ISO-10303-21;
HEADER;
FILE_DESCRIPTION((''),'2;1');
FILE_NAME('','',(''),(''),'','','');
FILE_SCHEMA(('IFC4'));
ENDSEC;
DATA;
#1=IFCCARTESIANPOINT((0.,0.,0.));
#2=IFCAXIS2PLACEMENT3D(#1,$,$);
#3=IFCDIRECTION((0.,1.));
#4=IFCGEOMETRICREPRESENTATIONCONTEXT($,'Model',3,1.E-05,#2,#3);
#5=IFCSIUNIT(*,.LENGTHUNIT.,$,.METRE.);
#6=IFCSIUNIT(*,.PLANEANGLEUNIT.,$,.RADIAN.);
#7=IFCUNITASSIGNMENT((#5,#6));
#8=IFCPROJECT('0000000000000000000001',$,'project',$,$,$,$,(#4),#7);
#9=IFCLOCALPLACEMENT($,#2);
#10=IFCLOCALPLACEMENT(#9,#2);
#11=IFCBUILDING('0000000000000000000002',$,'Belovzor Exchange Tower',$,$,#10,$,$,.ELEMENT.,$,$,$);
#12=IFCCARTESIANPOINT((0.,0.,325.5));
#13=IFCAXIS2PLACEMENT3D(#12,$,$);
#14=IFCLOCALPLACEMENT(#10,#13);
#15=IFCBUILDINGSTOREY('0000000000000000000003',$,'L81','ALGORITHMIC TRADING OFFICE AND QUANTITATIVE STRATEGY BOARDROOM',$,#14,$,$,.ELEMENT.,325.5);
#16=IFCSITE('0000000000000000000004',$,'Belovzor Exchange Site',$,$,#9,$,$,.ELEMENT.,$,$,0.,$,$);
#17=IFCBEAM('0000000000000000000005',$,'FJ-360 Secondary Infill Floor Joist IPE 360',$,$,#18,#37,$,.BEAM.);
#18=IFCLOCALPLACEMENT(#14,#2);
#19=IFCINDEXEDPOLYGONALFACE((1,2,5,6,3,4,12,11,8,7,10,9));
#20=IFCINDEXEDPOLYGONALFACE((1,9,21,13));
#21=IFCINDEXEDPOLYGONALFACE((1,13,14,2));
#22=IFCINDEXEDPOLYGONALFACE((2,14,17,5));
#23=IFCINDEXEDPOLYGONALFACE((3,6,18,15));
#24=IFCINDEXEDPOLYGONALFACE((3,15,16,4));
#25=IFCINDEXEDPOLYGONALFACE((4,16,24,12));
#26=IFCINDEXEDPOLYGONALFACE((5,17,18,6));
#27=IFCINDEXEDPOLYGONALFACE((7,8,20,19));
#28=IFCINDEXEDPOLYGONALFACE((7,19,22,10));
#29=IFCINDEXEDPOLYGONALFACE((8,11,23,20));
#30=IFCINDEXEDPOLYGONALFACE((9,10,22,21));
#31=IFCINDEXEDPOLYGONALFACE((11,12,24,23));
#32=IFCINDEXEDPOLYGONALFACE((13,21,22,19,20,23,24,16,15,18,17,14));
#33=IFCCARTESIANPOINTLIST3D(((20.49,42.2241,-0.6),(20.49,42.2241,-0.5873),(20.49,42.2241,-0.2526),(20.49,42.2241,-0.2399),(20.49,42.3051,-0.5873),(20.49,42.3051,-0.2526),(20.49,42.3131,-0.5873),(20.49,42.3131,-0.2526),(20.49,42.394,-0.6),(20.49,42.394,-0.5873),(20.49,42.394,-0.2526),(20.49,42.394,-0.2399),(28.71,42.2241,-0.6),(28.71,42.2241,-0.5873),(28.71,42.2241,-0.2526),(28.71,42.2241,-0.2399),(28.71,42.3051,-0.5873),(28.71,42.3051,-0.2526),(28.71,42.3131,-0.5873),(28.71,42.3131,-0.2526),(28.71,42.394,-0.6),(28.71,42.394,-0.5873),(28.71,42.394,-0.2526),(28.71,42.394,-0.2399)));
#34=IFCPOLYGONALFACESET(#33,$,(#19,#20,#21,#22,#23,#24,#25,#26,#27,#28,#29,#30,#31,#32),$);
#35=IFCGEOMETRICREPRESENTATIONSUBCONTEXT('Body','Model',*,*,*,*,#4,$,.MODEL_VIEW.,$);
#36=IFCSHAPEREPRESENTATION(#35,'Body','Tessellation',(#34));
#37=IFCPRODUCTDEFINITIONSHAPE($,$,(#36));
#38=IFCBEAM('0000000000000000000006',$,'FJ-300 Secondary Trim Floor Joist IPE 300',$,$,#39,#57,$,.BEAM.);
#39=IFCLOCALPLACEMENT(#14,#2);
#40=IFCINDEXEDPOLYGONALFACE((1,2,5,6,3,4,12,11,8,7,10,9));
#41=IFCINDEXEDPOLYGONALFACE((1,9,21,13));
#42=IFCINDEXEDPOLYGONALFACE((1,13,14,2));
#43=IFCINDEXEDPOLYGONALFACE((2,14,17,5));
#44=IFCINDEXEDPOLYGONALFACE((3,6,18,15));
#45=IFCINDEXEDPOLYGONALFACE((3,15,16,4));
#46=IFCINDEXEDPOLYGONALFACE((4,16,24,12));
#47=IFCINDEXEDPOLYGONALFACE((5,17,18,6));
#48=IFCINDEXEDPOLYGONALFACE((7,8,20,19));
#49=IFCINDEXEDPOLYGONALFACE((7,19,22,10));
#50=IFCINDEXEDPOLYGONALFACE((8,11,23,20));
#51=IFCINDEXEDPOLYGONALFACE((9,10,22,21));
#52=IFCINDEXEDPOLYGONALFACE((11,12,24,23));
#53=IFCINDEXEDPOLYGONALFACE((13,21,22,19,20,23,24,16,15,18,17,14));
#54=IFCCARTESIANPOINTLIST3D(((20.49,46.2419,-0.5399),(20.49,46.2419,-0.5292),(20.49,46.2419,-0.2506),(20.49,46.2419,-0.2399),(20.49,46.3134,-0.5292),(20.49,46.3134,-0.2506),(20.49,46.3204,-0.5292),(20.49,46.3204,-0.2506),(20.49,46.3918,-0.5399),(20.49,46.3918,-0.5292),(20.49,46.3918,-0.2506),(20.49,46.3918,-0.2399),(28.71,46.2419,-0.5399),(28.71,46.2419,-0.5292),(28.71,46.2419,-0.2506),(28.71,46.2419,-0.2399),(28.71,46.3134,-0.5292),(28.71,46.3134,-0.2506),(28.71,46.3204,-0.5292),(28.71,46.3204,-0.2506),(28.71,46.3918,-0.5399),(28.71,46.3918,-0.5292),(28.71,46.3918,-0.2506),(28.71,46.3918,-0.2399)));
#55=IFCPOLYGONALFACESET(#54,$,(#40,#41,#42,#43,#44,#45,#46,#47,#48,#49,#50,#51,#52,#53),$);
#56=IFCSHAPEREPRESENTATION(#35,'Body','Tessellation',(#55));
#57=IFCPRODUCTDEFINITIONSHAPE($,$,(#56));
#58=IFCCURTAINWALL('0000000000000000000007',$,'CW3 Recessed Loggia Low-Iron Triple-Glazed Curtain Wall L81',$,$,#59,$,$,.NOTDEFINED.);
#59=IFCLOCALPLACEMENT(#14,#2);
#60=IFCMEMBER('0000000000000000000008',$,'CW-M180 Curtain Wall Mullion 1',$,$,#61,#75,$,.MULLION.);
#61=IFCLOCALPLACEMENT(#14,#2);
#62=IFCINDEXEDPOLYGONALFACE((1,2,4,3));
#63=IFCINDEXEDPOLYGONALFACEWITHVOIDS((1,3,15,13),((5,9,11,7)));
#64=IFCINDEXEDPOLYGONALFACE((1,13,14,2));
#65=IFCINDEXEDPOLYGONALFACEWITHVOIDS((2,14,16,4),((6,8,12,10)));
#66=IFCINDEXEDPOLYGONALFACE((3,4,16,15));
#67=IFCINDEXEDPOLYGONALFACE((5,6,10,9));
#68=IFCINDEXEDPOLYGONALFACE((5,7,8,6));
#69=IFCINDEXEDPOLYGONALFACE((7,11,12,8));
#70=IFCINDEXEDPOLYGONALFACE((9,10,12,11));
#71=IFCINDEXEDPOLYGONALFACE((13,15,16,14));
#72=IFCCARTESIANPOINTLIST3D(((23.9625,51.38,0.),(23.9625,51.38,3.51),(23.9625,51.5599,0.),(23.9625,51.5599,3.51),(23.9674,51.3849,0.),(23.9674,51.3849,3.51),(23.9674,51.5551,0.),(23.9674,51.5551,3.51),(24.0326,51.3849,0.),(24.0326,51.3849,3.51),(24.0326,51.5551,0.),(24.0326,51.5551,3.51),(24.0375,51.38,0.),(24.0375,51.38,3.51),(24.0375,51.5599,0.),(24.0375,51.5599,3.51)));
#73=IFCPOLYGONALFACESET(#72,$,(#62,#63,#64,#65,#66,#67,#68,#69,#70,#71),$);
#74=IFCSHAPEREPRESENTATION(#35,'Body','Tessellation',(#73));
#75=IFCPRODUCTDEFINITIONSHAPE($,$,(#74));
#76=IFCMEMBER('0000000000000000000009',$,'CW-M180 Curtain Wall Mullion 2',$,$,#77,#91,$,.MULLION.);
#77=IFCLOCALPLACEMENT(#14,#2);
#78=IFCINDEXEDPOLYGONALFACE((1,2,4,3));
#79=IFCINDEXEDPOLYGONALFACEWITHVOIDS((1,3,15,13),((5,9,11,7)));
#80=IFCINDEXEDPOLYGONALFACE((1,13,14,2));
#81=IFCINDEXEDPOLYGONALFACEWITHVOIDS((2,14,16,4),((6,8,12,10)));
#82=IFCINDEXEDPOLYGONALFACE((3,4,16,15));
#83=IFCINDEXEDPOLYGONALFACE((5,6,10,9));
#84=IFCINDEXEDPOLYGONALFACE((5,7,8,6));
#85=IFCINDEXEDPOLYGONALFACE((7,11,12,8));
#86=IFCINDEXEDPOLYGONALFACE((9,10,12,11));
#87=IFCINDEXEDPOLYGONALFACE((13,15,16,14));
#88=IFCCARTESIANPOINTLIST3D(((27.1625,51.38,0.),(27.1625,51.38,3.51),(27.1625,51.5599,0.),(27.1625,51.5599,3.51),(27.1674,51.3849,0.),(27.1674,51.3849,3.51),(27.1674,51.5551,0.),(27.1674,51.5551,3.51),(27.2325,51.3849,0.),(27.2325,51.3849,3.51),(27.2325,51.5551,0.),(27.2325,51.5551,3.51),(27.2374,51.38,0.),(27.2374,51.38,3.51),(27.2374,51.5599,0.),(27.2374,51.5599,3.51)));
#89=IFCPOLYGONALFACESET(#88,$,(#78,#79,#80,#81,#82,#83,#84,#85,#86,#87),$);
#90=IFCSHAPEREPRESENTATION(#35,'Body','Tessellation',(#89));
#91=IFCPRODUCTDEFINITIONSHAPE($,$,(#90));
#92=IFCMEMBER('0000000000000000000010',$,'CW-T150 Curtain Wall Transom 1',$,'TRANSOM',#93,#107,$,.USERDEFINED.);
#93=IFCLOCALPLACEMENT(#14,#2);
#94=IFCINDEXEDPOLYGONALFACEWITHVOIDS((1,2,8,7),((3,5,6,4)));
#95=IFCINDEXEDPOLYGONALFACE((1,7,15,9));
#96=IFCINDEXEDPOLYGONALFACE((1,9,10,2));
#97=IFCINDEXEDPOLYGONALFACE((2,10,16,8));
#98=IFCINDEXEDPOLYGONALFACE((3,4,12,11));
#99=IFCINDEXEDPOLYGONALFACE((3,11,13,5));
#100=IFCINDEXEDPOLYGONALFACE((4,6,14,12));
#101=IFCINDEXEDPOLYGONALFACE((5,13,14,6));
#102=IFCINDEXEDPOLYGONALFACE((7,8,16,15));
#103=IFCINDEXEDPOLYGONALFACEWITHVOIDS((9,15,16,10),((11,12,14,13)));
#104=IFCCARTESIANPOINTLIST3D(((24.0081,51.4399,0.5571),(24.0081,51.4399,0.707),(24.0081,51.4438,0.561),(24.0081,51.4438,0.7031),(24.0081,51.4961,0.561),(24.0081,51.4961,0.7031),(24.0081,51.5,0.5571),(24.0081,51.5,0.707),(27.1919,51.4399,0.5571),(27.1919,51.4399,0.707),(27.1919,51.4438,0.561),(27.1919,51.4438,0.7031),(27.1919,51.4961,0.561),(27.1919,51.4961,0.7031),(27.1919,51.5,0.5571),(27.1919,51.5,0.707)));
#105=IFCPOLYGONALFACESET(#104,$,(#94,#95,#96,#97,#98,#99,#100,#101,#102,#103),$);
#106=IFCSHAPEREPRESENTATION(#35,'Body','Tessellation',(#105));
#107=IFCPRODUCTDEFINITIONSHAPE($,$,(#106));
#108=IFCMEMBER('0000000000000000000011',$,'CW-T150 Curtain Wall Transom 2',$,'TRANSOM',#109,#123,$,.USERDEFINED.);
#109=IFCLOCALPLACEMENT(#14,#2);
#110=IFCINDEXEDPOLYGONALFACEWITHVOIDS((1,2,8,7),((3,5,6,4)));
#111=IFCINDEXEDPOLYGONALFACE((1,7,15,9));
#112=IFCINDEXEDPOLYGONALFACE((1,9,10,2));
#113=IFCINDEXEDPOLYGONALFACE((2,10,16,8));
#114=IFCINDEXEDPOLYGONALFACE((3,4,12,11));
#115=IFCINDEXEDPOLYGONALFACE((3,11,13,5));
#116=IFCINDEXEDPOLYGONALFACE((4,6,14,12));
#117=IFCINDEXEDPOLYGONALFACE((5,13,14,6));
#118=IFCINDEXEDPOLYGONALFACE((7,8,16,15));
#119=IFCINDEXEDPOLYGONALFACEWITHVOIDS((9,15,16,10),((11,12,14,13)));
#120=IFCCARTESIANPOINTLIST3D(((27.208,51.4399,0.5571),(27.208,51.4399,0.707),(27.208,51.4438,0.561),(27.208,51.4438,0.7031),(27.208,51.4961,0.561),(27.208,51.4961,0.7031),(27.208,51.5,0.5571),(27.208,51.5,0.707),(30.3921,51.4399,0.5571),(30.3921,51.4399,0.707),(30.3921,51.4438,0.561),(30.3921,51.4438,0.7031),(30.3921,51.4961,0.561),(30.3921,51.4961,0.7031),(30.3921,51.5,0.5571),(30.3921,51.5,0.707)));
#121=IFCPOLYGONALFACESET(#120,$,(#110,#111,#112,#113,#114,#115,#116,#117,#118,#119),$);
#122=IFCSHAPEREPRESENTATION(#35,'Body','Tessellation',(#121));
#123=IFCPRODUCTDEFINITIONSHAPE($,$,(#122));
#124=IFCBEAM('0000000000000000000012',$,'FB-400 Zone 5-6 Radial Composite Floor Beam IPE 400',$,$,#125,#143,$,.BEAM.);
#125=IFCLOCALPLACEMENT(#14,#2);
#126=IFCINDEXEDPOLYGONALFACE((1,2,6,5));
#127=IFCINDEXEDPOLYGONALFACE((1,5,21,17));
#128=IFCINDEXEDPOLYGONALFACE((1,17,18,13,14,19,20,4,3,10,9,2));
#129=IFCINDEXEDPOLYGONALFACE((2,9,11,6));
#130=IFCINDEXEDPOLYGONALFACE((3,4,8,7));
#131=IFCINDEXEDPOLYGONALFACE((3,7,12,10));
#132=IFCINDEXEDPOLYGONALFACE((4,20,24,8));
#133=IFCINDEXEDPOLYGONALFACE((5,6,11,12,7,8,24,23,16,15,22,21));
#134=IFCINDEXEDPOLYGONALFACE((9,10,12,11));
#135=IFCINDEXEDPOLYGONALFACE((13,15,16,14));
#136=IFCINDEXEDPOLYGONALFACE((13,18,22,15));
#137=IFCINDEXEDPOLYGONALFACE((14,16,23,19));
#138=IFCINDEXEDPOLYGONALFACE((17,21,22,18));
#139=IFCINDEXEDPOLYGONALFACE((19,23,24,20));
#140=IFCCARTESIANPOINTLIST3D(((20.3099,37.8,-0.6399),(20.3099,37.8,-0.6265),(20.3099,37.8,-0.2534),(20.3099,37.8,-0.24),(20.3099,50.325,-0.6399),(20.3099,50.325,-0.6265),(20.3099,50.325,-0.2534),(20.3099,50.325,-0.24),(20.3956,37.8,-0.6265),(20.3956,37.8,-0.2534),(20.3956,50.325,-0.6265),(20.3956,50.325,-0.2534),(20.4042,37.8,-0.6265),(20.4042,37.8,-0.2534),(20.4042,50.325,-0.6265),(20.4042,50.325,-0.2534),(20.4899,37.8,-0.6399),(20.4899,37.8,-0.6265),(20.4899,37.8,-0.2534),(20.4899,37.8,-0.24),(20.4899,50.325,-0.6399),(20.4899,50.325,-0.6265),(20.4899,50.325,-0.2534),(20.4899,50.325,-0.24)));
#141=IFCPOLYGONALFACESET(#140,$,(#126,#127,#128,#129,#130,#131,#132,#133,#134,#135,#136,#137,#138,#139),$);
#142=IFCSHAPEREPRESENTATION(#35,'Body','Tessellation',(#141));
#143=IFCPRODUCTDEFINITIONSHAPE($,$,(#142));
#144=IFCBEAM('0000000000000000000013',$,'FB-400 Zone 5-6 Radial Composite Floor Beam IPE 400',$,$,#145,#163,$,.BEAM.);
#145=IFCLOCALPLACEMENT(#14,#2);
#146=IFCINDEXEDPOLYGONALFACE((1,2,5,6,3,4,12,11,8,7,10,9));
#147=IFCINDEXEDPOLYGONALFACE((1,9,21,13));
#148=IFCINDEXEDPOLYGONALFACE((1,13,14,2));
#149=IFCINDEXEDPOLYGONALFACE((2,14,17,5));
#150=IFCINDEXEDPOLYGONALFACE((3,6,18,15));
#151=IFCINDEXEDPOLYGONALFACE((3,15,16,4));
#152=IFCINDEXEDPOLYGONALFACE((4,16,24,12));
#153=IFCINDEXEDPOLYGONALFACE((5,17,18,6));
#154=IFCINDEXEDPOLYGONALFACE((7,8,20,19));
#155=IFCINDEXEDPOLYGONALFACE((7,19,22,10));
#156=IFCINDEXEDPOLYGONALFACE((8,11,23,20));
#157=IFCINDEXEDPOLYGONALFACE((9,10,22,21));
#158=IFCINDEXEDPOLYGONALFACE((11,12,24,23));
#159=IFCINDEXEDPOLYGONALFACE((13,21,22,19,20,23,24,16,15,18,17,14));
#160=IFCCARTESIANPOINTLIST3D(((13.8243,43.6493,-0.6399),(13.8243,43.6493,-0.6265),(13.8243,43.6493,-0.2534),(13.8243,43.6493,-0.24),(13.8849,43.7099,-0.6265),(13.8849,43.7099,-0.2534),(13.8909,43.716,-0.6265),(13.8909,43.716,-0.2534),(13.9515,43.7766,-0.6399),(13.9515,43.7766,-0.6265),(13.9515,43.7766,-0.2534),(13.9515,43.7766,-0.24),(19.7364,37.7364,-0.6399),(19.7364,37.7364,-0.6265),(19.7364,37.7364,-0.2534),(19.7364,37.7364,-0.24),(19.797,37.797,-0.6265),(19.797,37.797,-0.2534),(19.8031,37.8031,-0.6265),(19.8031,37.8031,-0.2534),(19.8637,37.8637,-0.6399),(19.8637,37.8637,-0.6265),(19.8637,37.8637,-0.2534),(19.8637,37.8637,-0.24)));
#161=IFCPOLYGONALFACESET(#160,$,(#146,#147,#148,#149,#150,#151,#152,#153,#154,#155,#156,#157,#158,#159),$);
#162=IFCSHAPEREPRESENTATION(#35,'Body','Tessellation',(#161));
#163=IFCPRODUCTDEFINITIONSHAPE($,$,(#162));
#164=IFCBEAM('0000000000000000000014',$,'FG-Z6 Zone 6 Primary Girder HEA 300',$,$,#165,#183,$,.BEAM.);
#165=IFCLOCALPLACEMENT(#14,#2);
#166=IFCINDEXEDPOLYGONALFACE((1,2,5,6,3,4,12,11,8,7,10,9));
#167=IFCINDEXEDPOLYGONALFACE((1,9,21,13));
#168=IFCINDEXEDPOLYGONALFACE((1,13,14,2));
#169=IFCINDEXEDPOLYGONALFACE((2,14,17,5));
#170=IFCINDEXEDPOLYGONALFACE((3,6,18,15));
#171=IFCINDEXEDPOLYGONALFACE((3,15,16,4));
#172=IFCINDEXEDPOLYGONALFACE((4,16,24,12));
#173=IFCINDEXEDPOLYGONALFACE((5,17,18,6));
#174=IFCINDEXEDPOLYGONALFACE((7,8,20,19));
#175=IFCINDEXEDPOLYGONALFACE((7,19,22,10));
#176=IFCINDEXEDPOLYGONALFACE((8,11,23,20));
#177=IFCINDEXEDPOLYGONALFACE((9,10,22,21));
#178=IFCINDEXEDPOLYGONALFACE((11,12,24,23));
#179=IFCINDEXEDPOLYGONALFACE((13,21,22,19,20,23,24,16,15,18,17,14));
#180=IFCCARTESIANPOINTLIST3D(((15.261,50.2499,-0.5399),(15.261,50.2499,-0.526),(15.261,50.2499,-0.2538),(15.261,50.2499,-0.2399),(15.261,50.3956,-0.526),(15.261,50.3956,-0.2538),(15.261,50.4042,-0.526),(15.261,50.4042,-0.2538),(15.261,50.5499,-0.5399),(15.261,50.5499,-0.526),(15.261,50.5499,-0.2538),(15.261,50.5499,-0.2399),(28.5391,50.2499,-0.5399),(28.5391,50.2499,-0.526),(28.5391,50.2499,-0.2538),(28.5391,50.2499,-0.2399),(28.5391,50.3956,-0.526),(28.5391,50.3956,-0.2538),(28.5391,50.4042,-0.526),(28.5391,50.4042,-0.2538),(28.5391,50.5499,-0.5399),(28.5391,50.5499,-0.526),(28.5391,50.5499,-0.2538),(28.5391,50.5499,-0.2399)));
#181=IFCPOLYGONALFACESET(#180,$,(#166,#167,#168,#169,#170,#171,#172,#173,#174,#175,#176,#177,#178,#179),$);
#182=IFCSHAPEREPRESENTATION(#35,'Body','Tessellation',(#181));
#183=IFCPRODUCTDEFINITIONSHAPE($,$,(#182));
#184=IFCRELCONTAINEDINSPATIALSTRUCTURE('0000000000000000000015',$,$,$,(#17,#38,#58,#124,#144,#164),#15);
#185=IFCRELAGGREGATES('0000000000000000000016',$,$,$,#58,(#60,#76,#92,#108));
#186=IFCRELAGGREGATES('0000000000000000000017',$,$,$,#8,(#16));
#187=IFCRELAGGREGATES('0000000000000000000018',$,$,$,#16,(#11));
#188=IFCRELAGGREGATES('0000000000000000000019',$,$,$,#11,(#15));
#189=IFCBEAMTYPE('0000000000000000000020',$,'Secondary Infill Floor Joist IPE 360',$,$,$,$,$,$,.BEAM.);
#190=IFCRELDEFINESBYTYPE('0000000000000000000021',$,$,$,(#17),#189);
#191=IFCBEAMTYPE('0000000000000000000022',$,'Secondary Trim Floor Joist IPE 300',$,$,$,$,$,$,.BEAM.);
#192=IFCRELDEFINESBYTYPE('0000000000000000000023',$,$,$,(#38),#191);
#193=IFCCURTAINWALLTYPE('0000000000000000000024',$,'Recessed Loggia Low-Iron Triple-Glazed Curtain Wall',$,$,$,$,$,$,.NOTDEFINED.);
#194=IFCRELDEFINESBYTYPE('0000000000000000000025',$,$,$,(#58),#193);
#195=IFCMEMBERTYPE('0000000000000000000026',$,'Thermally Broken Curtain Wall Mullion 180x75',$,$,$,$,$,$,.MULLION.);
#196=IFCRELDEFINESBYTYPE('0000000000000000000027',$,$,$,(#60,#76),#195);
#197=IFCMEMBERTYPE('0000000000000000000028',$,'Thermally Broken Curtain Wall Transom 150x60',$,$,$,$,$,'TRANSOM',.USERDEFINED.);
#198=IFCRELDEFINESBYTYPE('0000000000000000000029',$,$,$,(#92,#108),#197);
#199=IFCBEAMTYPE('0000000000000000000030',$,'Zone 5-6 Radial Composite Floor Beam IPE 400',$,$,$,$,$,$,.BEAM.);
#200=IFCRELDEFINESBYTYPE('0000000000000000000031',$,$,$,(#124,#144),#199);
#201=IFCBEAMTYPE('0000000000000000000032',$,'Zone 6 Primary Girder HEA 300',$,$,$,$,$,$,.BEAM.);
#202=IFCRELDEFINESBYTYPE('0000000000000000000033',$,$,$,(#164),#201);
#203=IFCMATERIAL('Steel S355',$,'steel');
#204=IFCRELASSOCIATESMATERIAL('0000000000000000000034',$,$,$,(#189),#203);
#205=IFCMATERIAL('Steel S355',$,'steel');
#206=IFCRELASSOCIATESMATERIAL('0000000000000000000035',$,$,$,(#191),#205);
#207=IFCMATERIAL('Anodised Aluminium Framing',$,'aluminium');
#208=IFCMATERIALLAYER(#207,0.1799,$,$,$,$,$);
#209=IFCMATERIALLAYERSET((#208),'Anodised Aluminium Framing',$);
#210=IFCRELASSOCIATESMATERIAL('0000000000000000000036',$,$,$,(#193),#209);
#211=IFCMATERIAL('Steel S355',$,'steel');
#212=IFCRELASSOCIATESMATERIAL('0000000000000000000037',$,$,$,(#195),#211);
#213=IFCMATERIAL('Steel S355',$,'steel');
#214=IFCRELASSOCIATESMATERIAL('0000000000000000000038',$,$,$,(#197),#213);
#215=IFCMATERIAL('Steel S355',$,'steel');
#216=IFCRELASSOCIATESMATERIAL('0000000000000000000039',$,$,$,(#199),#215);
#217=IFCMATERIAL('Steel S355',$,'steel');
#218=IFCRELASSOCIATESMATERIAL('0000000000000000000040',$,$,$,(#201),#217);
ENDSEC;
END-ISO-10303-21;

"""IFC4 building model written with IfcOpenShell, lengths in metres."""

from ifc_helpers import new_model, si_unit, direction, frame, origin, origin_2d, place, context, subcontext, project, spatial, hollow_rectangle, i_section, extrude, material, layer, layer_set, material_profile, profile_set, type_object, element, aggregate, save


model = new_model("IFC4")

# Units and contexts
model_context = context("Model", 3, precision=1e-05, world=origin(), true_north=direction((0.0, 1.0)))
body_context = subcontext(model_context, "Body", "Model", "MODEL_VIEW")
ifc_project = project(units=[si_unit("LENGTHUNIT", "METRE"), si_unit("PLANEANGLEUNIT", "RADIAN")], contexts=[model_context])

# Site, building, storey
site_placement = place(None, origin())
site = spatial("IfcSite", under=ifc_project, at=site_placement, Name="Belovzor Exchange Site", CompositionType="ELEMENT", RefElevation=0.0)
building_placement = place(site_placement, origin())
building = spatial("IfcBuilding", under=site, at=building_placement, Name="Belovzor Exchange Tower", CompositionType="ELEMENT")
storey_placement = place(building_placement, frame((0.0, 0.0, 325.5)))
storey = spatial("IfcBuildingStorey", under=building, at=storey_placement, Name="L81", Description="ALGORITHMIC TRADING OFFICE AND QUANTITATIVE STRATEGY BOARDROOM", CompositionType="ELEMENT", Elevation=325.5)

# Beams
ifc_material_1 = material(Name="Steel S355", Category="steel")
ifc_material_profile_1 = material_profile(ifc_material_1, i_section(OverallWidth=0.1699, OverallDepth=0.3601, WebThickness=0.0081, FlangeThickness=0.0127, at=origin_2d()))
ifc_profile_set_1 = profile_set([ifc_material_profile_1], Name="Steel S355")
beam_type_1 = type_object("IfcBeamType", Name="Secondary Infill Floor Joist IPE 360", PredefinedType="BEAM", material=ifc_profile_set_1)
beam_1_placement = place(storey_placement, frame((20.49, 42.3091, -0.4199), z_axis=(1.0, 0.0, 0.0), x_axis=(0.0, 1.0, 0.0)))
element("IfcBeam", 1, at=beam_1_placement, inside=storey, type_object=beam_type_1, Name="FJ-360 Secondary Infill Floor Joist IPE 360", PredefinedType="BEAM", context=body_context, shape_type="SweptSolid", body=[
    extrude(i_section(OverallWidth=0.1699, OverallDepth=0.3601, WebThickness=0.0081, FlangeThickness=0.0127, at=origin_2d()), origin(), (0.0, 0.0, 1.0), 8.22),
])
ifc_material_2 = material(Name="Steel S355", Category="steel")
ifc_material_profile_2 = material_profile(ifc_material_2, i_section(OverallWidth=0.1499, OverallDepth=0.3, WebThickness=0.0071, FlangeThickness=0.0107, at=origin_2d()))
ifc_profile_set_2 = profile_set([ifc_material_profile_2], Name="Steel S355")
beam_type_2 = type_object("IfcBeamType", Name="Secondary Trim Floor Joist IPE 300", PredefinedType="BEAM", material=ifc_profile_set_2)
beam_2_placement = place(storey_placement, frame((20.49, 46.3169, -0.3899), z_axis=(1.0, 0.0, 0.0), x_axis=(0.0, 1.0, 0.0)))
element("IfcBeam", 2, at=beam_2_placement, inside=storey, type_object=beam_type_2, Name="FJ-300 Secondary Trim Floor Joist IPE 300", PredefinedType="BEAM", context=body_context, shape_type="SweptSolid", body=[
    extrude(i_section(OverallWidth=0.1499, OverallDepth=0.3, WebThickness=0.0071, FlangeThickness=0.0107, at=origin_2d()), origin(), (0.0, 0.0, 1.0), 8.22),
])

# Curtain wall, members
ifc_material_3 = material(Name="Anodised Aluminium Framing", Category="aluminium")
ifc_layer_1 = layer(ifc_material_3, 0.1799)
ifc_layer_set_1 = layer_set([ifc_layer_1], Name="Anodised Aluminium Framing")
curtain_wall_type = type_object("IfcCurtainWallType", Name="Recessed Loggia Low-Iron Triple-Glazed Curtain Wall", PredefinedType="NOTDEFINED", material=ifc_layer_set_1)
curtain_wall_placement = place(storey_placement, origin())
curtain_wall = element("IfcCurtainWall", 3, at=curtain_wall_placement, inside=storey, type_object=curtain_wall_type, Name="CW3 Recessed Loggia Low-Iron Triple-Glazed Curtain Wall L81", PredefinedType="NOTDEFINED")
ifc_material_4 = material(Name="Steel S355", Category="steel")
ifc_material_profile_3 = material_profile(ifc_material_4, hollow_rectangle(XDim=0.075, YDim=0.1799, WallThickness=0.0049, at=origin_2d()))
ifc_profile_set_3 = profile_set([ifc_material_profile_3], Name="Steel S355")
member_type_1 = type_object("IfcMemberType", Name="Thermally Broken Curtain Wall Mullion 180x75", PredefinedType="MULLION", material=ifc_profile_set_3)
member_1_placement = place(storey_placement, frame((24.0, 51.47, 0.0), z_axis=(0.0, 0.0, 1.0), x_axis=(1.0, 0.0, 0.0)))
member_1 = element("IfcMember", 4, at=member_1_placement, type_object=member_type_1, Name="CW-M180 Curtain Wall Mullion 1", PredefinedType="MULLION", context=body_context, shape_type="SweptSolid", body=[
    extrude(hollow_rectangle(XDim=0.075, YDim=0.1799, WallThickness=0.0049, at=origin_2d()), origin(), (0.0, 0.0, 1.0), 3.51),
])
member_2_placement = place(storey_placement, frame((27.2, 51.47, 0.0), z_axis=(0.0, 0.0, 1.0), x_axis=(1.0, 0.0, 0.0)))
member_2 = element("IfcMember", 5, at=member_2_placement, type_object=member_type_1, Name="CW-M180 Curtain Wall Mullion 2", PredefinedType="MULLION", context=body_context, shape_type="SweptSolid", body=[
    extrude(hollow_rectangle(XDim=0.075, YDim=0.1799, WallThickness=0.0049, at=origin_2d()), origin(), (0.0, 0.0, 1.0), 3.51),
])
ifc_material_5 = material(Name="Steel S355", Category="steel")
ifc_material_profile_4 = material_profile(ifc_material_5, hollow_rectangle(XDim=0.0601, YDim=0.1499, WallThickness=0.0039, at=origin_2d()))
ifc_profile_set_4 = profile_set([ifc_material_profile_4], Name="Steel S355")
member_type_2 = type_object("IfcMemberType", Name="Thermally Broken Curtain Wall Transom 150x60", ElementType="TRANSOM", PredefinedType="USERDEFINED", material=ifc_profile_set_4)
member_3_placement = place(storey_placement, frame((24.0081, 51.47, 0.6321), z_axis=(1.0, 0.0, 0.0), x_axis=(0.0, 1.0, 0.0)))
member_3 = element("IfcMember", 6, at=member_3_placement, type_object=member_type_2, Name="CW-T150 Curtain Wall Transom 1", ObjectType="TRANSOM", PredefinedType="USERDEFINED", context=body_context, shape_type="SweptSolid", body=[
    extrude(hollow_rectangle(XDim=0.0601, YDim=0.1499, WallThickness=0.0039, at=origin_2d()), origin(), (0.0, 0.0, 1.0), 3.1838),
])
member_4_placement = place(storey_placement, frame((27.208, 51.47, 0.6321), z_axis=(1.0, 0.0, 0.0), x_axis=(0.0, 1.0, 0.0)))
member_4 = element("IfcMember", 7, at=member_4_placement, type_object=member_type_2, Name="CW-T150 Curtain Wall Transom 2", ObjectType="TRANSOM", PredefinedType="USERDEFINED", context=body_context, shape_type="SweptSolid", body=[
    extrude(hollow_rectangle(XDim=0.0601, YDim=0.1499, WallThickness=0.0039, at=origin_2d()), origin(), (0.0, 0.0, 1.0), 3.1841),
])

# Beams
ifc_material_6 = material(Name="Steel S355", Category="steel")
ifc_material_profile_5 = material_profile(ifc_material_6, i_section(OverallWidth=0.1799, OverallDepth=0.3999, WebThickness=0.0085, FlangeThickness=0.0134, at=origin_2d()))
ifc_profile_set_5 = profile_set([ifc_material_profile_5], Name="Steel S355")
beam_type_3 = type_object("IfcBeamType", Name="Zone 5-6 Radial Composite Floor Beam IPE 400", PredefinedType="BEAM", material=ifc_profile_set_5)
beam_3_placement = place(storey_placement, frame((20.3999, 37.8, -0.4399), z_axis=(0.0, 1.0, 0.0), x_axis=(-1.0, 0.0, 0.0)))
element("IfcBeam", 8, at=beam_3_placement, inside=storey, type_object=beam_type_3, Name="FB-400 Zone 5-6 Radial Composite Floor Beam IPE 400", PredefinedType="BEAM", context=body_context, shape_type="SweptSolid", body=[
    extrude(i_section(OverallWidth=0.1799, OverallDepth=0.3999, WebThickness=0.0085, FlangeThickness=0.0134, at=origin_2d()), origin(), (0.0, 0.0, 1.0), 12.5249),
])
beam_4_placement = place(storey_placement, frame((19.8, 37.8, -0.4399), z_axis=(-0.707063, 0.707151, 0.0), x_axis=(-0.707151, -0.707063, 0.0)))
element("IfcBeam", 9, at=beam_4_placement, inside=storey, type_object=beam_type_3, Name="FB-400 Zone 5-6 Radial Composite Floor Beam IPE 400", PredefinedType="BEAM", context=body_context, shape_type="SweptSolid", body=[
    extrude(i_section(OverallWidth=0.1799, OverallDepth=0.3999, WebThickness=0.0085, FlangeThickness=0.0134, at=origin_2d()), origin(), (0.0, 0.0, 1.0), 8.3616),
])
ifc_material_7 = material(Name="Steel S355", Category="steel")
ifc_material_profile_6 = material_profile(ifc_material_7, i_section(OverallWidth=0.3, OverallDepth=0.3, WebThickness=0.0085, FlangeThickness=0.0139, at=origin_2d()))
ifc_profile_set_6 = profile_set([ifc_material_profile_6], Name="Steel S355")
beam_type_4 = type_object("IfcBeamType", Name="Zone 6 Primary Girder HEA 300", PredefinedType="BEAM", material=ifc_profile_set_6)
beam_5_placement = place(storey_placement, frame((28.5391, 50.3999, -0.3899), z_axis=(-1.0, 0.0, 0.0), x_axis=(0.0, -1.0, 0.0)))
element("IfcBeam", 10, at=beam_5_placement, inside=storey, type_object=beam_type_4, Name="FG-Z6 Zone 6 Primary Girder HEA 300", PredefinedType="BEAM", context=body_context, shape_type="SweptSolid", body=[
    extrude(i_section(OverallWidth=0.3, OverallDepth=0.3, WebThickness=0.0085, FlangeThickness=0.0139, at=origin_2d()), origin(), (0.0, 0.0, 1.0), 13.2781),
])

aggregate(curtain_wall, [member_1, member_2, member_3, member_4])

save(model, "model.ifc")
